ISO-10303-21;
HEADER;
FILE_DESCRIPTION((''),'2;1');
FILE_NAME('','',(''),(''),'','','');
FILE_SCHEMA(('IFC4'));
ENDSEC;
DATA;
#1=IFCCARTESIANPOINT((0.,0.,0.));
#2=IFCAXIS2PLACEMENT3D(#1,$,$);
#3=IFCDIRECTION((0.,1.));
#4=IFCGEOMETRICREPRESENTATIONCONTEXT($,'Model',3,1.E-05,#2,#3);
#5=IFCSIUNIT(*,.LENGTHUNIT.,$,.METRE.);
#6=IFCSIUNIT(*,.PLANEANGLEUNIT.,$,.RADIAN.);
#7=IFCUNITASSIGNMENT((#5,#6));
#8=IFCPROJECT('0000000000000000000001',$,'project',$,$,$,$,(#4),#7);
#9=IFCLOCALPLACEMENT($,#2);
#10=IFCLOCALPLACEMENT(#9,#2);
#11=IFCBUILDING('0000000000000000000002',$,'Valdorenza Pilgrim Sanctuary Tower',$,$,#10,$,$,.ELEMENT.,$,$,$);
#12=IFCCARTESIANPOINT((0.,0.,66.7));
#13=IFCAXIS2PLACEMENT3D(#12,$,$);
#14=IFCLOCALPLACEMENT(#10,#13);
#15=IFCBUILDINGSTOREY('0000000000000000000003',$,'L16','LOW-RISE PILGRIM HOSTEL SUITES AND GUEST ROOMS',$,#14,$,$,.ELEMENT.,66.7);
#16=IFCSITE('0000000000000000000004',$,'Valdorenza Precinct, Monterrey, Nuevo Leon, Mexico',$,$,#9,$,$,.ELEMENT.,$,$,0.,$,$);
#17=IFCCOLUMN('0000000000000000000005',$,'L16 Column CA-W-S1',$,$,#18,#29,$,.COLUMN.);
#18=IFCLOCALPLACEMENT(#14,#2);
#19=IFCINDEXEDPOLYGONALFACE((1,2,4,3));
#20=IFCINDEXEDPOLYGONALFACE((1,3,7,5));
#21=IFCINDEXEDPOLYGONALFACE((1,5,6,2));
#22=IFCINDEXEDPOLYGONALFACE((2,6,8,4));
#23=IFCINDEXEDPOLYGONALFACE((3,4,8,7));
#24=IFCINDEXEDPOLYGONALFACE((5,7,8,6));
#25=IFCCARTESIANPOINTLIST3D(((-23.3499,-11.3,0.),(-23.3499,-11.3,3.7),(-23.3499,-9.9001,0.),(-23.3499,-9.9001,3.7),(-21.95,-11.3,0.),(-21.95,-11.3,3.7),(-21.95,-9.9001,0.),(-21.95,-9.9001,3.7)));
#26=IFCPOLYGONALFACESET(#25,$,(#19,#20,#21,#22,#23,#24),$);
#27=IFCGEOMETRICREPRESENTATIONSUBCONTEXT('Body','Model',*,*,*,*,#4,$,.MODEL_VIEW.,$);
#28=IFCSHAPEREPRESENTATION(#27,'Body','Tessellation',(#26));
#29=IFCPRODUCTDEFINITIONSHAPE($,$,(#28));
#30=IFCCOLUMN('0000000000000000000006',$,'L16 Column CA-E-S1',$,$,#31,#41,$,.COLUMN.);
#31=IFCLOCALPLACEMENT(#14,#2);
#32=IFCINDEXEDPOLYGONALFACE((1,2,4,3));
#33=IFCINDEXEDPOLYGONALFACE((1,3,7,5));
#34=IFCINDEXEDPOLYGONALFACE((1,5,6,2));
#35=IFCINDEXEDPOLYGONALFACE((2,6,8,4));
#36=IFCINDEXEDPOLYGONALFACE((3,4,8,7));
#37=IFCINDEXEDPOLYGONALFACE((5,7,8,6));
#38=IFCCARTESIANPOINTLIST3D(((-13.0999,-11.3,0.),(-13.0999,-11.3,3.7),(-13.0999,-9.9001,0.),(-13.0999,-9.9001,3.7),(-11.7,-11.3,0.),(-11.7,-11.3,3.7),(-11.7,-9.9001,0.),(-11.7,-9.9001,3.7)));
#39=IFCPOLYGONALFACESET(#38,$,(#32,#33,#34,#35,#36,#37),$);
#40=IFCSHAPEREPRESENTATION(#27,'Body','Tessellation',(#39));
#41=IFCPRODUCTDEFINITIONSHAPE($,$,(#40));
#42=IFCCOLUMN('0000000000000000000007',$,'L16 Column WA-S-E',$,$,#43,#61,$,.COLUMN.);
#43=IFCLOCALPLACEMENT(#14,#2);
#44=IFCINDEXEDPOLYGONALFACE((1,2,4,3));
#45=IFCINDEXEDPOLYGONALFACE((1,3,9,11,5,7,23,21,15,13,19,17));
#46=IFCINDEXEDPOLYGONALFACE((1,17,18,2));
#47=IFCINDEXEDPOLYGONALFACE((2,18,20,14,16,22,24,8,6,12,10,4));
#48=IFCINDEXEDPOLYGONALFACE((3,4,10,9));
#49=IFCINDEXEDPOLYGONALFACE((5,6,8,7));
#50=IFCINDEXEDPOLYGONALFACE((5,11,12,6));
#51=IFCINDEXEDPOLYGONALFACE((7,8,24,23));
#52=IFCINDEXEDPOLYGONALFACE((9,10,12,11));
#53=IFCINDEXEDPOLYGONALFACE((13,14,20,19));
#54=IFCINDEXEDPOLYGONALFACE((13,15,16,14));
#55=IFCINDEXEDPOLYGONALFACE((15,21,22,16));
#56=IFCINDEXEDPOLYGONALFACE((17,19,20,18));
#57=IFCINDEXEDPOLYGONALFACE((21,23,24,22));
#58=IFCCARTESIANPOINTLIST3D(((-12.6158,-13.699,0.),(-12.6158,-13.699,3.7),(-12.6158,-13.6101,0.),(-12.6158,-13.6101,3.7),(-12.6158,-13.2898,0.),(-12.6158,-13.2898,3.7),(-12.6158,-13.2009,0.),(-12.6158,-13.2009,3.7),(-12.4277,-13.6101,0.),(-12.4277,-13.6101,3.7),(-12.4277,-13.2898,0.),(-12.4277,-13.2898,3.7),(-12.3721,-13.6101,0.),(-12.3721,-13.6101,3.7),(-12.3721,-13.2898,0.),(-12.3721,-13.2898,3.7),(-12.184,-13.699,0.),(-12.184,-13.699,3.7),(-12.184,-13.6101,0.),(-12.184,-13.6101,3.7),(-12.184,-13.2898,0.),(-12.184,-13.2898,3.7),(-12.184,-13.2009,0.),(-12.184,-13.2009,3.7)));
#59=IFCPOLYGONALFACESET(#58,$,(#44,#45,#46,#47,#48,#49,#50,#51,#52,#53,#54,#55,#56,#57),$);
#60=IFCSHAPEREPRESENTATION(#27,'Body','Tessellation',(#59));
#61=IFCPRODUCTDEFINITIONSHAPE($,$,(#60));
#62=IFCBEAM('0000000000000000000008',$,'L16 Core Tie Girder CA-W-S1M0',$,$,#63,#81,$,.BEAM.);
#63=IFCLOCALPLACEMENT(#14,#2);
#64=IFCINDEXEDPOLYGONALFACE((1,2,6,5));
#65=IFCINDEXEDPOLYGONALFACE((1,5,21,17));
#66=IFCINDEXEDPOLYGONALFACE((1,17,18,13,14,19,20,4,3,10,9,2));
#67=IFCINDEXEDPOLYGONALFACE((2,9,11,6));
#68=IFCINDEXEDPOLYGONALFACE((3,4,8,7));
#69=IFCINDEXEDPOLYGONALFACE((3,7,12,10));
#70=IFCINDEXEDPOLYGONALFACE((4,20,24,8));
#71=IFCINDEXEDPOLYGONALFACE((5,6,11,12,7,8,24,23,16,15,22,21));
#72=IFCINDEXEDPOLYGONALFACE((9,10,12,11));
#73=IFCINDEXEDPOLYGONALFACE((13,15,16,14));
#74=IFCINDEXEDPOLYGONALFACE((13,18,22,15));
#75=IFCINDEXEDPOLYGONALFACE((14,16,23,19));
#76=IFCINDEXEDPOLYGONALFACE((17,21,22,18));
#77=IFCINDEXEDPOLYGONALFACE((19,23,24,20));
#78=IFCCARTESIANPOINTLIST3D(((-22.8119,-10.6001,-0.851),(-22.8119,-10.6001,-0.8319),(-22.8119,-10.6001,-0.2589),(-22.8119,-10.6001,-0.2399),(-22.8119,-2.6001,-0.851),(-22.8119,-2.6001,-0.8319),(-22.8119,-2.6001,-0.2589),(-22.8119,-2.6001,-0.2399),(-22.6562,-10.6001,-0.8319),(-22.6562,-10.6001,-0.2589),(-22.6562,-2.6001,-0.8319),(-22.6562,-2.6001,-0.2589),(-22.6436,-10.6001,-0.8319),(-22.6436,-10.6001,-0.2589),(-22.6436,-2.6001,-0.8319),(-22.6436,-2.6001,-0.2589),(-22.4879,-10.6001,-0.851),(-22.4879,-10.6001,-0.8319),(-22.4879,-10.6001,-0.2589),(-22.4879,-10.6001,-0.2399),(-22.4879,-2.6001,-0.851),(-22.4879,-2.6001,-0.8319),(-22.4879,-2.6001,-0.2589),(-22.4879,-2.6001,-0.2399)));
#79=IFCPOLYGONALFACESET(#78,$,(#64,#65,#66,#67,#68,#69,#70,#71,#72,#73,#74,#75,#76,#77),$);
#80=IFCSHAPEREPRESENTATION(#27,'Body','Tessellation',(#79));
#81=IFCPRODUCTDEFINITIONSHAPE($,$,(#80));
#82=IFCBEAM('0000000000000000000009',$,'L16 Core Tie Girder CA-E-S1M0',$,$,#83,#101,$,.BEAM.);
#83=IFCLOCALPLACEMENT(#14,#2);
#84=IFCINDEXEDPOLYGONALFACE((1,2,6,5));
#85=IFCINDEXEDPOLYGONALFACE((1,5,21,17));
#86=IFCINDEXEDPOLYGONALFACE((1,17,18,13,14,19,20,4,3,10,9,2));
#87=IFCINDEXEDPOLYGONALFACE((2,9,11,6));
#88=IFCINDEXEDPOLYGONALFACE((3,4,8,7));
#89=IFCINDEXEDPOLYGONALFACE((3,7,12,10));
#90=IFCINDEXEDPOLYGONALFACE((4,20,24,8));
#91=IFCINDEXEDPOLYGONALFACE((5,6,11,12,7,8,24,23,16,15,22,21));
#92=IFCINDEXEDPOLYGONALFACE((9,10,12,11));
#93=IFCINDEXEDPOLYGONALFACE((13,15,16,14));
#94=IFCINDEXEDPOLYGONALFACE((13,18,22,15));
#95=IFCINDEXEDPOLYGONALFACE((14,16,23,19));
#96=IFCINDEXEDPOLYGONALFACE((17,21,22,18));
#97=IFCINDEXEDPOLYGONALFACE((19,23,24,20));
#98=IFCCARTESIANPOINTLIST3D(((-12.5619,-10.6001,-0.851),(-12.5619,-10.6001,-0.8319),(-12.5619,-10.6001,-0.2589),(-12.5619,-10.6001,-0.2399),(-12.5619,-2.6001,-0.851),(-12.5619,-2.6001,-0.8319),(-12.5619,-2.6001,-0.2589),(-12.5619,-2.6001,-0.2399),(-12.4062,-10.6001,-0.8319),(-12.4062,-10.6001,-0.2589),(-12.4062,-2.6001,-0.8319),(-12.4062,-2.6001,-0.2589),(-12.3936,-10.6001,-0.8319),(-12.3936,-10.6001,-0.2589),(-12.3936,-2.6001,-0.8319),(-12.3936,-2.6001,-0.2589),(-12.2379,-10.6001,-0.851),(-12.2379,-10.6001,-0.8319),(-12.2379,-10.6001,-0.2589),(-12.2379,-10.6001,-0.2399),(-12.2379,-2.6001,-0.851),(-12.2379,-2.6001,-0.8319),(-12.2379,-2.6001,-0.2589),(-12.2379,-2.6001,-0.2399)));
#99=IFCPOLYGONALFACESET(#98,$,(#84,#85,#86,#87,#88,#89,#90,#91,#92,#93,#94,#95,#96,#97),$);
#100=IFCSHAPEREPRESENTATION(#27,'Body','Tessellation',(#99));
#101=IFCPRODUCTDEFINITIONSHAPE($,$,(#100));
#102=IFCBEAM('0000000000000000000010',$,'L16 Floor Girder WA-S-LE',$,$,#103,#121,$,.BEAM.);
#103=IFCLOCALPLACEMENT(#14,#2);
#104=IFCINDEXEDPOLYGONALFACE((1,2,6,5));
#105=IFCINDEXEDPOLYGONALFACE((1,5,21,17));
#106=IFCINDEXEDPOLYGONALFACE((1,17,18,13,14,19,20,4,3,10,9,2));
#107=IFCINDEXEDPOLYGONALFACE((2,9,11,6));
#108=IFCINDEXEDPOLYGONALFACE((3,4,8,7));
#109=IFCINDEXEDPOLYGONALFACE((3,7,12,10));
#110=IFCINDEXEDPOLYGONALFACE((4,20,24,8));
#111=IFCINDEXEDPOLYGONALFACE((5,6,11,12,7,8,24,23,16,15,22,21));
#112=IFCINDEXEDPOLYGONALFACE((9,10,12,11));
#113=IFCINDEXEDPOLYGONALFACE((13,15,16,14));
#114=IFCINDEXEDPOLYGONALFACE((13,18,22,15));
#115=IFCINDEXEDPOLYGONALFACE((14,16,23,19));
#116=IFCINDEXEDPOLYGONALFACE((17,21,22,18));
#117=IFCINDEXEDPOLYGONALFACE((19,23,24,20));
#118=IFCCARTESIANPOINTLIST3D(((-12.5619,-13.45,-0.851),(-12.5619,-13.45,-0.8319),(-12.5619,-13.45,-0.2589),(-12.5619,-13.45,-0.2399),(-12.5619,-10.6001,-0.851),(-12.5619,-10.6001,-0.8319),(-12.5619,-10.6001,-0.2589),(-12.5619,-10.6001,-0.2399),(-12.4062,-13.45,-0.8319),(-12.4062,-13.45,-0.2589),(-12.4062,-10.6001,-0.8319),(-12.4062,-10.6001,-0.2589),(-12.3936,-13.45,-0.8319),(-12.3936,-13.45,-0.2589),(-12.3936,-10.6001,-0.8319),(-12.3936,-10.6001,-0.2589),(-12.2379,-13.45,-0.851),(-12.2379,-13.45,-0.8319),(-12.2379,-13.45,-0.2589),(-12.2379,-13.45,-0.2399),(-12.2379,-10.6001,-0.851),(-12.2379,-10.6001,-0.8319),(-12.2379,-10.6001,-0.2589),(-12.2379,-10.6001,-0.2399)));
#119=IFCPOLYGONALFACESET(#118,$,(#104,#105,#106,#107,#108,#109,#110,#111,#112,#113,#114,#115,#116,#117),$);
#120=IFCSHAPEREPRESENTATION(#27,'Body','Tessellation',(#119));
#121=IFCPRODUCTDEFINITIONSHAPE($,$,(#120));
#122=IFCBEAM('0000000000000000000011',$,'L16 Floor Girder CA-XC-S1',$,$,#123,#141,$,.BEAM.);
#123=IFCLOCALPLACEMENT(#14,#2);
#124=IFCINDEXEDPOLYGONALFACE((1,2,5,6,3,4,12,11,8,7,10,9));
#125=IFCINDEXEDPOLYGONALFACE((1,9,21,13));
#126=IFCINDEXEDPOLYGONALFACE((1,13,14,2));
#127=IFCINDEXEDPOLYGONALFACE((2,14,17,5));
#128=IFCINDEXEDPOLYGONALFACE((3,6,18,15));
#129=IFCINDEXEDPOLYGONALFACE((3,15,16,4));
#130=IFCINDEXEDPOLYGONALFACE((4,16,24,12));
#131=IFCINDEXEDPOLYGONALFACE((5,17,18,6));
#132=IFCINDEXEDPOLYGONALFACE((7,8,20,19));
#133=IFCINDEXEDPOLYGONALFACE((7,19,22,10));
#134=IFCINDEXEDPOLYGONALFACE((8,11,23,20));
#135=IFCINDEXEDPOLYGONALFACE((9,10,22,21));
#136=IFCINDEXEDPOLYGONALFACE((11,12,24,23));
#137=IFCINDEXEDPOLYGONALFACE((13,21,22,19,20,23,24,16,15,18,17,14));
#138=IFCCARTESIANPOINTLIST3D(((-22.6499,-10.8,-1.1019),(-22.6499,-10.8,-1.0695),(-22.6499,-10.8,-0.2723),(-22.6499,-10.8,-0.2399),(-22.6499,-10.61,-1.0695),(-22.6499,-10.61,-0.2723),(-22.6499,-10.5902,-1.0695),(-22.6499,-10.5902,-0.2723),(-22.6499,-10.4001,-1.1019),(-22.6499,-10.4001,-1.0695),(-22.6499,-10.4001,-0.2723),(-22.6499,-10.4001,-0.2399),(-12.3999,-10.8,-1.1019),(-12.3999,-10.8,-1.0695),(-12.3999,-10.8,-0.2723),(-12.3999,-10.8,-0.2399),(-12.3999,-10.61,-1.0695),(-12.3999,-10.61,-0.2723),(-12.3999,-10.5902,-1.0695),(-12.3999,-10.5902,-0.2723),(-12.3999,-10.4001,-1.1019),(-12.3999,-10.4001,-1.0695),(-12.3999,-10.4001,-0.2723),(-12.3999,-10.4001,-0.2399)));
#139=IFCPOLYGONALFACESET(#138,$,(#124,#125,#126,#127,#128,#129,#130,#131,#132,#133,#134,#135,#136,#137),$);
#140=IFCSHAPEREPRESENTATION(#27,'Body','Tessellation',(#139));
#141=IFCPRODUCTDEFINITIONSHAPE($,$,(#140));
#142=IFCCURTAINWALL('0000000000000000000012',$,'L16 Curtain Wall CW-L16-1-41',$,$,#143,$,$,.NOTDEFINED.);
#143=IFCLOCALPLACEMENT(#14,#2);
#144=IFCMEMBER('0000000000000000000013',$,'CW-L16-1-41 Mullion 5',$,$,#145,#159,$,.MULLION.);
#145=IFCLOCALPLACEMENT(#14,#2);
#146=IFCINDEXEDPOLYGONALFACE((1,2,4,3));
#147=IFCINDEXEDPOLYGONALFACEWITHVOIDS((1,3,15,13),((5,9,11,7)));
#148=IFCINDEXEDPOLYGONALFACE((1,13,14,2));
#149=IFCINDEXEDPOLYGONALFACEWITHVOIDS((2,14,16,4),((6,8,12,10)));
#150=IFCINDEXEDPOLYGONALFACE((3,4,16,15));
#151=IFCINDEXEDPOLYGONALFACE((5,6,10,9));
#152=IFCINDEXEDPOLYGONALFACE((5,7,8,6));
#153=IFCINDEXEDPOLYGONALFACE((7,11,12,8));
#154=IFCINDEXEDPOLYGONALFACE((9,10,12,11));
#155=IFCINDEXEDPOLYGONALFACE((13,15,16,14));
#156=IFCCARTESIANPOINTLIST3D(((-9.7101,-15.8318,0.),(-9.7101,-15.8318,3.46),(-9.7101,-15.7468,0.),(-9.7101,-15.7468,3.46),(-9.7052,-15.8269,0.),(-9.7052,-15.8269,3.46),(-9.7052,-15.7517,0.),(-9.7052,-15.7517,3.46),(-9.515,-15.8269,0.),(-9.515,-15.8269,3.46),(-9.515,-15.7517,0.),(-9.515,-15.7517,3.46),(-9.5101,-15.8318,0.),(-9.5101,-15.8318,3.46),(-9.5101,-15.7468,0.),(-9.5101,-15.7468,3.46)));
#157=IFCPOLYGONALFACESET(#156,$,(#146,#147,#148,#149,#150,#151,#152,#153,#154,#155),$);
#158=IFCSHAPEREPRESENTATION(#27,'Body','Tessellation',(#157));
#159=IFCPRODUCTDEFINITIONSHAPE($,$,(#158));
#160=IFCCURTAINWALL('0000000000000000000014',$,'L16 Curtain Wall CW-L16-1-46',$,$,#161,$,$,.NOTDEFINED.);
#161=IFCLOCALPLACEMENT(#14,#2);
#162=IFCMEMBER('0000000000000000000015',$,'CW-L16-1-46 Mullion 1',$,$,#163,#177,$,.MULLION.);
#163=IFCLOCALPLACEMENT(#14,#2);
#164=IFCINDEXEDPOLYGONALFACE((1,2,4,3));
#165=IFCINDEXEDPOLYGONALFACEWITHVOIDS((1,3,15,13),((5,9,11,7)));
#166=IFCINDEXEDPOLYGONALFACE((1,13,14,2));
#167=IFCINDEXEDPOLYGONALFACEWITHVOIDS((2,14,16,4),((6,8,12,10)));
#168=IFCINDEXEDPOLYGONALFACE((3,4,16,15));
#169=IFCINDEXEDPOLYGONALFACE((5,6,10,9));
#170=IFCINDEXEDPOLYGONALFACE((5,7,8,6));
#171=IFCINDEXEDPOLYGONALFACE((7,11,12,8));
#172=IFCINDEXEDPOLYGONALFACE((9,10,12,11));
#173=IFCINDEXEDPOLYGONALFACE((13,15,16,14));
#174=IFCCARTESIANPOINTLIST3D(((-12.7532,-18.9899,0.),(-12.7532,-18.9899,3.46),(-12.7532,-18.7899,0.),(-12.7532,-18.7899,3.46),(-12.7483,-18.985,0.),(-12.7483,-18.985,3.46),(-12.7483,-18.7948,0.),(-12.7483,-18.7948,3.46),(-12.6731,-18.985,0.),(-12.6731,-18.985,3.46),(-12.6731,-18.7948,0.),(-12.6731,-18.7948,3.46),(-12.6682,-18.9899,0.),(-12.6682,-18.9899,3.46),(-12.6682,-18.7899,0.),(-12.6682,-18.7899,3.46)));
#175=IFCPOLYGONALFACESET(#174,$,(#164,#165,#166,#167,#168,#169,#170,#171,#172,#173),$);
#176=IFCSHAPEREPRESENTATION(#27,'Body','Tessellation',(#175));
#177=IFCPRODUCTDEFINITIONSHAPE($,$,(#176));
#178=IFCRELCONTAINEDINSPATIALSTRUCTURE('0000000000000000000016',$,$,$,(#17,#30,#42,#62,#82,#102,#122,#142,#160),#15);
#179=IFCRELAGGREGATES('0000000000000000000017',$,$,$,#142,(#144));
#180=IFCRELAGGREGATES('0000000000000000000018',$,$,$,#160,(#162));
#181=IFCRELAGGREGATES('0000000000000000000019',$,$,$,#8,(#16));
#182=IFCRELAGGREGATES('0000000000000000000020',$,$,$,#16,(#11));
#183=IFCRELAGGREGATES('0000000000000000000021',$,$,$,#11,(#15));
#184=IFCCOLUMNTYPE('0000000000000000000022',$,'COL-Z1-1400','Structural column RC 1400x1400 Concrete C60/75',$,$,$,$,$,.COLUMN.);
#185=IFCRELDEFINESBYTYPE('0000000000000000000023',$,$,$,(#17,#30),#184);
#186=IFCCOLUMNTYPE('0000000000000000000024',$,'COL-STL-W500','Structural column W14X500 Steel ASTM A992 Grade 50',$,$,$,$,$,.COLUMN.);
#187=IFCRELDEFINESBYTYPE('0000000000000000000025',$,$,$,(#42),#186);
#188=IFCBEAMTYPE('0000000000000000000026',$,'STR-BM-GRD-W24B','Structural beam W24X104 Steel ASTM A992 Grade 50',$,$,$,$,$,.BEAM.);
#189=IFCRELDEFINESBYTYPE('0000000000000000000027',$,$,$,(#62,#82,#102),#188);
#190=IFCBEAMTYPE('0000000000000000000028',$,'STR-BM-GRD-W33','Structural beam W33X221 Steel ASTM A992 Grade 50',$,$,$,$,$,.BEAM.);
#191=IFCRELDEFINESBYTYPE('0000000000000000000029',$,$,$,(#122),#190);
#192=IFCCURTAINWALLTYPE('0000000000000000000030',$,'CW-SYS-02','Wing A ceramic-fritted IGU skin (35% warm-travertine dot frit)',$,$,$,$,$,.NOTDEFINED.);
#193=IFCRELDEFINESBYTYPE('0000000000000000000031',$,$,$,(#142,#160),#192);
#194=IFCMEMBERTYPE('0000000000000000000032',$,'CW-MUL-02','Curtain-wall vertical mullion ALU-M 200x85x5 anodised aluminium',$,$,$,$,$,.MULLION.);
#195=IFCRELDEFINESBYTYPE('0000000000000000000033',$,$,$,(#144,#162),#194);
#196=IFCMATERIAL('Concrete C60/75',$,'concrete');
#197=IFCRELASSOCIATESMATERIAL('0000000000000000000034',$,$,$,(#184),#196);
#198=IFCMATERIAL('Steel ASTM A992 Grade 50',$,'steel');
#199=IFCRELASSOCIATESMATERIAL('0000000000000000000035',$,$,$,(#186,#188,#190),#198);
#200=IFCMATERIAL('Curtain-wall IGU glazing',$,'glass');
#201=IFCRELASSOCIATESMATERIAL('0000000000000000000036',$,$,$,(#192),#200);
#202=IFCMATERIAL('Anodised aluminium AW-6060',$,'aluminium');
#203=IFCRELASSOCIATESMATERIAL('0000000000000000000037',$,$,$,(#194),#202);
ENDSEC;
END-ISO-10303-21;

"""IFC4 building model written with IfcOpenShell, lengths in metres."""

from ifc_helpers import new_model, si_unit, direction, frame, origin, origin_2d, place, context, subcontext, project, spatial, rectangle, hollow_rectangle, i_section, extrude, source, transform, mapped, material, material_profile, profile_set, type_object, element, aggregate, save


model = new_model("IFC4")

# Units and contexts
model_context = context("Model", 3, precision=1e-05, world=origin(), true_north=direction((0.0, 1.0)))
body_context = subcontext(model_context, "Body", "Model", "MODEL_VIEW")
ifc_project = project(units=[si_unit("LENGTHUNIT", "METRE"), si_unit("PLANEANGLEUNIT", "RADIAN")], contexts=[model_context])

# Site, building, storey
site_placement = place(None, origin())
site = spatial("IfcSite", under=ifc_project, at=site_placement, Name="Valdorenza Precinct, Monterrey, Nuevo Leon, Mexico", CompositionType="ELEMENT", RefElevation=0.0)
building_placement = place(site_placement, origin())
building = spatial("IfcBuilding", under=site, at=building_placement, Name="Valdorenza Pilgrim Sanctuary Tower", CompositionType="ELEMENT")
storey_placement = place(building_placement, frame((0.0, 0.0, 66.7)))
storey = spatial("IfcBuildingStorey", under=building, at=storey_placement, Name="L16", Description="LOW-RISE PILGRIM HOSTEL SUITES AND GUEST ROOMS", CompositionType="ELEMENT", Elevation=66.7)

# Columns
ifc_material_1 = material(Name="Concrete C60/75", Category="concrete")
ifc_material_profile_1 = material_profile(ifc_material_1, rectangle(XDim=1.3999, YDim=1.3999, at=origin_2d()), Name="RC 1400x1400")
ifc_profile_set_1 = profile_set([ifc_material_profile_1], Name="Concrete C60/75")
column_type_1 = type_object("IfcColumnType", Name="COL-Z1-1400", Description="Structural column RC 1400x1400 Concrete C60/75", PredefinedType="COLUMN", material=ifc_profile_set_1)
shared_shape_1 = source(origin(), body_context, "Body", "SweptSolid", [
    extrude(rectangle(XDim=1.3999, YDim=1.3999, at=origin_2d()), origin(), (0.0, 0.0, 1.0), 3.7),
])
for number, where, z_axis, x_axis, name in (
    (1, (-22.6499, -10.6001, 0.0), (0.0, 0.0, 1.0), (1.0, 0.0, 0.0), "L16 Column CA-W-S1"),
    (2, (-12.3999, -10.6001, 0.0), (0.0, 0.0, 1.0), (1.0, 0.0, 0.0), "L16 Column CA-E-S1"),
):
    element("IfcColumn", number, at=place(storey_placement, frame(where, z_axis=z_axis, x_axis=x_axis)), inside=storey, type_object=column_type_1, Name=name, PredefinedType="COLUMN", context=body_context, shape_type="MappedRepresentation", body=[
        mapped(shared_shape_1, transform((0.0, 0.0, 0.0), x_axis=(1.0, 0.0, 0.0), y_axis=(0.0, 1.0, 0.0), z_axis=(0.0, 0.0, 1.0), scale=1.0)),
    ])
ifc_material_2 = material(Name="Steel ASTM A992 Grade 50", Category="steel")
ifc_material_profile_2 = material_profile(ifc_material_2, i_section(OverallWidth=0.4319, OverallDepth=0.498, WebThickness=0.0557, FlangeThickness=0.0889, at=origin_2d()), Name="W14X500")
ifc_profile_set_2 = profile_set([ifc_material_profile_2], Name="Steel ASTM A992 Grade 50")
column_type_2 = type_object("IfcColumnType", Name="COL-STL-W500", Description="Structural column W14X500 Steel ASTM A992 Grade 50", PredefinedType="COLUMN", material=ifc_profile_set_2)
shared_shape_2 = source(origin(), body_context, "Body", "SweptSolid", [
    extrude(i_section(OverallWidth=0.4319, OverallDepth=0.498, WebThickness=0.0557, FlangeThickness=0.0889, at=origin_2d()), origin(), (0.0, 0.0, 1.0), 3.7),
])
column_placement = place(storey_placement, frame((-12.3999, -13.45, 0.0), z_axis=(0.0, 0.0, 1.0), x_axis=(1.0, 0.0, 0.0)))
element("IfcColumn", 3, at=column_placement, inside=storey, type_object=column_type_2, Name="L16 Column WA-S-E", PredefinedType="COLUMN", context=body_context, shape_type="MappedRepresentation", body=[
    mapped(shared_shape_2, transform((0.0, 0.0, 0.0), x_axis=(1.0, 0.0, 0.0), y_axis=(0.0, 1.0, 0.0), z_axis=(0.0, 0.0, 1.0), scale=1.0)),
])

# Beams
ifc_material_profile_3 = material_profile(ifc_material_2, i_section(OverallWidth=0.324, OverallDepth=0.6111, WebThickness=0.0127, FlangeThickness=0.019, at=origin_2d()), Name="W24X104")
ifc_profile_set_3 = profile_set([ifc_material_profile_3], Name="Steel ASTM A992 Grade 50")
beam_type_1 = type_object("IfcBeamType", Name="STR-BM-GRD-W24B", Description="Structural beam W24X104 Steel ASTM A992 Grade 50", PredefinedType="BEAM", material=ifc_profile_set_3)
shared_shape_3 = source(origin(), body_context, "Body", "SweptSolid", [
    extrude(i_section(OverallWidth=0.324, OverallDepth=0.6111, WebThickness=0.0127, FlangeThickness=0.019, at=origin_2d()), origin(), (0.0, 0.0, 1.0), 8.0),
])
for number, where, z_axis, x_axis, name in (
    (4, (-22.6499, -10.6001, -0.5454), (0.0, 1.0, 0.0), (-1.0, 0.0, 0.0), "L16 Core Tie Girder CA-W-S1M0"),
    (5, (-12.3999, -10.6001, -0.5454), (0.0, 1.0, 0.0), (-1.0, 0.0, 0.0), "L16 Core Tie Girder CA-E-S1M0"),
):
    element("IfcBeam", number, at=place(storey_placement, frame(where, z_axis=z_axis, x_axis=x_axis)), inside=storey, type_object=beam_type_1, Name=name, PredefinedType="BEAM", context=body_context, shape_type="MappedRepresentation", body=[
        mapped(shared_shape_3, transform((0.0, 0.0, 0.0), x_axis=(1.0, 0.0, 0.0), y_axis=(0.0, 1.0, 0.0), z_axis=(0.0, 0.0, 1.0), scale=1.0)),
    ])
shared_shape_4 = source(origin(), body_context, "Body", "SweptSolid", [
    extrude(i_section(OverallWidth=0.324, OverallDepth=0.6111, WebThickness=0.0127, FlangeThickness=0.019, at=origin_2d()), origin(), (0.0, 0.0, 1.0), 2.8499),
])
beam_1_placement = place(storey_placement, frame((-12.3999, -13.45, -0.5454), z_axis=(0.0, 1.0, 0.0), x_axis=(-1.0, 0.0, 0.0)))
element("IfcBeam", 6, at=beam_1_placement, inside=storey, type_object=beam_type_1, Name="L16 Floor Girder WA-S-LE", PredefinedType="BEAM", context=body_context, shape_type="MappedRepresentation", body=[
    mapped(shared_shape_4, transform((0.0, 0.0, 0.0), x_axis=(1.0, 0.0, 0.0), y_axis=(0.0, 1.0, 0.0), z_axis=(0.0, 0.0, 1.0), scale=1.0)),
])
ifc_material_profile_4 = material_profile(ifc_material_2, i_section(OverallWidth=0.3999, OverallDepth=0.8621, WebThickness=0.0198, FlangeThickness=0.0325, at=origin_2d()), Name="W33X221")
ifc_profile_set_4 = profile_set([ifc_material_profile_4], Name="Steel ASTM A992 Grade 50")
beam_type_2 = type_object("IfcBeamType", Name="STR-BM-GRD-W33", Description="Structural beam W33X221 Steel ASTM A992 Grade 50", PredefinedType="BEAM", material=ifc_profile_set_4)
shared_shape_5 = source(origin(), body_context, "Body", "SweptSolid", [
    extrude(i_section(OverallWidth=0.3999, OverallDepth=0.8621, WebThickness=0.0198, FlangeThickness=0.0325, at=origin_2d()), origin(), (0.0, 0.0, 1.0), 10.25),
])
beam_2_placement = place(storey_placement, frame((-22.6499, -10.6001, -0.6709), z_axis=(1.0, 0.0, 0.0), x_axis=(0.0, 1.0, 0.0)))
element("IfcBeam", 7, at=beam_2_placement, inside=storey, type_object=beam_type_2, Name="L16 Floor Girder CA-XC-S1", PredefinedType="BEAM", context=body_context, shape_type="MappedRepresentation", body=[
    mapped(shared_shape_5, transform((0.0, 0.0, 0.0), x_axis=(1.0, 0.0, 0.0), y_axis=(0.0, 1.0, 0.0), z_axis=(0.0, 0.0, 1.0), scale=1.0)),
])

# Curtain wall, member
ifc_material_3 = material(Name="Curtain-wall IGU glazing", Category="glass")
curtain_wall_type = type_object("IfcCurtainWallType", Name="CW-SYS-02", Description="Wing A ceramic-fritted IGU skin (35% warm-travertine dot frit)", PredefinedType="NOTDEFINED", material=ifc_material_3)
curtain_wall_1_placement = place(storey_placement, origin())
curtain_wall_1 = element("IfcCurtainWall", 8, at=curtain_wall_1_placement, inside=storey, type_object=curtain_wall_type, Name="L16 Curtain Wall CW-L16-1-41", PredefinedType="NOTDEFINED")
ifc_material_4 = material(Name="Anodised aluminium AW-6060", Category="aluminium")
ifc_material_profile_5 = material_profile(ifc_material_4, hollow_rectangle(XDim=0.085, YDim=0.2, WallThickness=0.0049, at=origin_2d()), Name="ALU-M 200x85x5")
ifc_profile_set_5 = profile_set([ifc_material_profile_5], Name="Anodised aluminium AW-6060")
member_type_1 = type_object("IfcMemberType", Name="CW-MUL-02", Description="Curtain-wall vertical mullion ALU-M 200x85x5 anodised aluminium", PredefinedType="MULLION", material=ifc_profile_set_5)
shared_shape_6 = source(origin(), body_context, "Body", "SweptSolid", [
    extrude(hollow_rectangle(XDim=0.085, YDim=0.2, WallThickness=0.0049, at=origin_2d()), origin(), (0.0, 0.0, 1.0), 3.46),
])
member_1_placement = place(storey_placement, frame((-9.6101, -15.7893, 0.0), z_axis=(0.0, 0.0, 1.0), x_axis=(0.0, -1.0, 0.0)))
member_1 = element("IfcMember", 9, at=member_1_placement, type_object=member_type_1, Name="CW-L16-1-41 Mullion 5", PredefinedType="MULLION", context=body_context, shape_type="MappedRepresentation", body=[
    mapped(shared_shape_6, transform((0.0, 0.0, 0.0), x_axis=(1.0, 0.0, 0.0), y_axis=(0.0, 1.0, 0.0), z_axis=(0.0, 0.0, 1.0), scale=1.0)),
])

# Curtain wall, member
curtain_wall_2_placement = place(storey_placement, origin())
curtain_wall_2 = element("IfcCurtainWall", 10, at=curtain_wall_2_placement, inside=storey, type_object=curtain_wall_type, Name="L16 Curtain Wall CW-L16-1-46", PredefinedType="NOTDEFINED")
member_2_placement = place(storey_placement, frame((-12.7107, -18.8899, 0.0), z_axis=(0.0, 0.0, 1.0), x_axis=(-1.0, 0.0, 0.0)))
member_2 = element("IfcMember", 11, at=member_2_placement, type_object=member_type_1, Name="CW-L16-1-46 Mullion 1", PredefinedType="MULLION", context=body_context, shape_type="MappedRepresentation", body=[
    mapped(shared_shape_6, transform((0.0, 0.0, 0.0), x_axis=(1.0, 0.0, 0.0), y_axis=(0.0, 1.0, 0.0), z_axis=(0.0, 0.0, 1.0), scale=1.0)),
])

aggregate(curtain_wall_1, [member_1])
aggregate(curtain_wall_2, [member_2])

save(model, "model.ifc")
